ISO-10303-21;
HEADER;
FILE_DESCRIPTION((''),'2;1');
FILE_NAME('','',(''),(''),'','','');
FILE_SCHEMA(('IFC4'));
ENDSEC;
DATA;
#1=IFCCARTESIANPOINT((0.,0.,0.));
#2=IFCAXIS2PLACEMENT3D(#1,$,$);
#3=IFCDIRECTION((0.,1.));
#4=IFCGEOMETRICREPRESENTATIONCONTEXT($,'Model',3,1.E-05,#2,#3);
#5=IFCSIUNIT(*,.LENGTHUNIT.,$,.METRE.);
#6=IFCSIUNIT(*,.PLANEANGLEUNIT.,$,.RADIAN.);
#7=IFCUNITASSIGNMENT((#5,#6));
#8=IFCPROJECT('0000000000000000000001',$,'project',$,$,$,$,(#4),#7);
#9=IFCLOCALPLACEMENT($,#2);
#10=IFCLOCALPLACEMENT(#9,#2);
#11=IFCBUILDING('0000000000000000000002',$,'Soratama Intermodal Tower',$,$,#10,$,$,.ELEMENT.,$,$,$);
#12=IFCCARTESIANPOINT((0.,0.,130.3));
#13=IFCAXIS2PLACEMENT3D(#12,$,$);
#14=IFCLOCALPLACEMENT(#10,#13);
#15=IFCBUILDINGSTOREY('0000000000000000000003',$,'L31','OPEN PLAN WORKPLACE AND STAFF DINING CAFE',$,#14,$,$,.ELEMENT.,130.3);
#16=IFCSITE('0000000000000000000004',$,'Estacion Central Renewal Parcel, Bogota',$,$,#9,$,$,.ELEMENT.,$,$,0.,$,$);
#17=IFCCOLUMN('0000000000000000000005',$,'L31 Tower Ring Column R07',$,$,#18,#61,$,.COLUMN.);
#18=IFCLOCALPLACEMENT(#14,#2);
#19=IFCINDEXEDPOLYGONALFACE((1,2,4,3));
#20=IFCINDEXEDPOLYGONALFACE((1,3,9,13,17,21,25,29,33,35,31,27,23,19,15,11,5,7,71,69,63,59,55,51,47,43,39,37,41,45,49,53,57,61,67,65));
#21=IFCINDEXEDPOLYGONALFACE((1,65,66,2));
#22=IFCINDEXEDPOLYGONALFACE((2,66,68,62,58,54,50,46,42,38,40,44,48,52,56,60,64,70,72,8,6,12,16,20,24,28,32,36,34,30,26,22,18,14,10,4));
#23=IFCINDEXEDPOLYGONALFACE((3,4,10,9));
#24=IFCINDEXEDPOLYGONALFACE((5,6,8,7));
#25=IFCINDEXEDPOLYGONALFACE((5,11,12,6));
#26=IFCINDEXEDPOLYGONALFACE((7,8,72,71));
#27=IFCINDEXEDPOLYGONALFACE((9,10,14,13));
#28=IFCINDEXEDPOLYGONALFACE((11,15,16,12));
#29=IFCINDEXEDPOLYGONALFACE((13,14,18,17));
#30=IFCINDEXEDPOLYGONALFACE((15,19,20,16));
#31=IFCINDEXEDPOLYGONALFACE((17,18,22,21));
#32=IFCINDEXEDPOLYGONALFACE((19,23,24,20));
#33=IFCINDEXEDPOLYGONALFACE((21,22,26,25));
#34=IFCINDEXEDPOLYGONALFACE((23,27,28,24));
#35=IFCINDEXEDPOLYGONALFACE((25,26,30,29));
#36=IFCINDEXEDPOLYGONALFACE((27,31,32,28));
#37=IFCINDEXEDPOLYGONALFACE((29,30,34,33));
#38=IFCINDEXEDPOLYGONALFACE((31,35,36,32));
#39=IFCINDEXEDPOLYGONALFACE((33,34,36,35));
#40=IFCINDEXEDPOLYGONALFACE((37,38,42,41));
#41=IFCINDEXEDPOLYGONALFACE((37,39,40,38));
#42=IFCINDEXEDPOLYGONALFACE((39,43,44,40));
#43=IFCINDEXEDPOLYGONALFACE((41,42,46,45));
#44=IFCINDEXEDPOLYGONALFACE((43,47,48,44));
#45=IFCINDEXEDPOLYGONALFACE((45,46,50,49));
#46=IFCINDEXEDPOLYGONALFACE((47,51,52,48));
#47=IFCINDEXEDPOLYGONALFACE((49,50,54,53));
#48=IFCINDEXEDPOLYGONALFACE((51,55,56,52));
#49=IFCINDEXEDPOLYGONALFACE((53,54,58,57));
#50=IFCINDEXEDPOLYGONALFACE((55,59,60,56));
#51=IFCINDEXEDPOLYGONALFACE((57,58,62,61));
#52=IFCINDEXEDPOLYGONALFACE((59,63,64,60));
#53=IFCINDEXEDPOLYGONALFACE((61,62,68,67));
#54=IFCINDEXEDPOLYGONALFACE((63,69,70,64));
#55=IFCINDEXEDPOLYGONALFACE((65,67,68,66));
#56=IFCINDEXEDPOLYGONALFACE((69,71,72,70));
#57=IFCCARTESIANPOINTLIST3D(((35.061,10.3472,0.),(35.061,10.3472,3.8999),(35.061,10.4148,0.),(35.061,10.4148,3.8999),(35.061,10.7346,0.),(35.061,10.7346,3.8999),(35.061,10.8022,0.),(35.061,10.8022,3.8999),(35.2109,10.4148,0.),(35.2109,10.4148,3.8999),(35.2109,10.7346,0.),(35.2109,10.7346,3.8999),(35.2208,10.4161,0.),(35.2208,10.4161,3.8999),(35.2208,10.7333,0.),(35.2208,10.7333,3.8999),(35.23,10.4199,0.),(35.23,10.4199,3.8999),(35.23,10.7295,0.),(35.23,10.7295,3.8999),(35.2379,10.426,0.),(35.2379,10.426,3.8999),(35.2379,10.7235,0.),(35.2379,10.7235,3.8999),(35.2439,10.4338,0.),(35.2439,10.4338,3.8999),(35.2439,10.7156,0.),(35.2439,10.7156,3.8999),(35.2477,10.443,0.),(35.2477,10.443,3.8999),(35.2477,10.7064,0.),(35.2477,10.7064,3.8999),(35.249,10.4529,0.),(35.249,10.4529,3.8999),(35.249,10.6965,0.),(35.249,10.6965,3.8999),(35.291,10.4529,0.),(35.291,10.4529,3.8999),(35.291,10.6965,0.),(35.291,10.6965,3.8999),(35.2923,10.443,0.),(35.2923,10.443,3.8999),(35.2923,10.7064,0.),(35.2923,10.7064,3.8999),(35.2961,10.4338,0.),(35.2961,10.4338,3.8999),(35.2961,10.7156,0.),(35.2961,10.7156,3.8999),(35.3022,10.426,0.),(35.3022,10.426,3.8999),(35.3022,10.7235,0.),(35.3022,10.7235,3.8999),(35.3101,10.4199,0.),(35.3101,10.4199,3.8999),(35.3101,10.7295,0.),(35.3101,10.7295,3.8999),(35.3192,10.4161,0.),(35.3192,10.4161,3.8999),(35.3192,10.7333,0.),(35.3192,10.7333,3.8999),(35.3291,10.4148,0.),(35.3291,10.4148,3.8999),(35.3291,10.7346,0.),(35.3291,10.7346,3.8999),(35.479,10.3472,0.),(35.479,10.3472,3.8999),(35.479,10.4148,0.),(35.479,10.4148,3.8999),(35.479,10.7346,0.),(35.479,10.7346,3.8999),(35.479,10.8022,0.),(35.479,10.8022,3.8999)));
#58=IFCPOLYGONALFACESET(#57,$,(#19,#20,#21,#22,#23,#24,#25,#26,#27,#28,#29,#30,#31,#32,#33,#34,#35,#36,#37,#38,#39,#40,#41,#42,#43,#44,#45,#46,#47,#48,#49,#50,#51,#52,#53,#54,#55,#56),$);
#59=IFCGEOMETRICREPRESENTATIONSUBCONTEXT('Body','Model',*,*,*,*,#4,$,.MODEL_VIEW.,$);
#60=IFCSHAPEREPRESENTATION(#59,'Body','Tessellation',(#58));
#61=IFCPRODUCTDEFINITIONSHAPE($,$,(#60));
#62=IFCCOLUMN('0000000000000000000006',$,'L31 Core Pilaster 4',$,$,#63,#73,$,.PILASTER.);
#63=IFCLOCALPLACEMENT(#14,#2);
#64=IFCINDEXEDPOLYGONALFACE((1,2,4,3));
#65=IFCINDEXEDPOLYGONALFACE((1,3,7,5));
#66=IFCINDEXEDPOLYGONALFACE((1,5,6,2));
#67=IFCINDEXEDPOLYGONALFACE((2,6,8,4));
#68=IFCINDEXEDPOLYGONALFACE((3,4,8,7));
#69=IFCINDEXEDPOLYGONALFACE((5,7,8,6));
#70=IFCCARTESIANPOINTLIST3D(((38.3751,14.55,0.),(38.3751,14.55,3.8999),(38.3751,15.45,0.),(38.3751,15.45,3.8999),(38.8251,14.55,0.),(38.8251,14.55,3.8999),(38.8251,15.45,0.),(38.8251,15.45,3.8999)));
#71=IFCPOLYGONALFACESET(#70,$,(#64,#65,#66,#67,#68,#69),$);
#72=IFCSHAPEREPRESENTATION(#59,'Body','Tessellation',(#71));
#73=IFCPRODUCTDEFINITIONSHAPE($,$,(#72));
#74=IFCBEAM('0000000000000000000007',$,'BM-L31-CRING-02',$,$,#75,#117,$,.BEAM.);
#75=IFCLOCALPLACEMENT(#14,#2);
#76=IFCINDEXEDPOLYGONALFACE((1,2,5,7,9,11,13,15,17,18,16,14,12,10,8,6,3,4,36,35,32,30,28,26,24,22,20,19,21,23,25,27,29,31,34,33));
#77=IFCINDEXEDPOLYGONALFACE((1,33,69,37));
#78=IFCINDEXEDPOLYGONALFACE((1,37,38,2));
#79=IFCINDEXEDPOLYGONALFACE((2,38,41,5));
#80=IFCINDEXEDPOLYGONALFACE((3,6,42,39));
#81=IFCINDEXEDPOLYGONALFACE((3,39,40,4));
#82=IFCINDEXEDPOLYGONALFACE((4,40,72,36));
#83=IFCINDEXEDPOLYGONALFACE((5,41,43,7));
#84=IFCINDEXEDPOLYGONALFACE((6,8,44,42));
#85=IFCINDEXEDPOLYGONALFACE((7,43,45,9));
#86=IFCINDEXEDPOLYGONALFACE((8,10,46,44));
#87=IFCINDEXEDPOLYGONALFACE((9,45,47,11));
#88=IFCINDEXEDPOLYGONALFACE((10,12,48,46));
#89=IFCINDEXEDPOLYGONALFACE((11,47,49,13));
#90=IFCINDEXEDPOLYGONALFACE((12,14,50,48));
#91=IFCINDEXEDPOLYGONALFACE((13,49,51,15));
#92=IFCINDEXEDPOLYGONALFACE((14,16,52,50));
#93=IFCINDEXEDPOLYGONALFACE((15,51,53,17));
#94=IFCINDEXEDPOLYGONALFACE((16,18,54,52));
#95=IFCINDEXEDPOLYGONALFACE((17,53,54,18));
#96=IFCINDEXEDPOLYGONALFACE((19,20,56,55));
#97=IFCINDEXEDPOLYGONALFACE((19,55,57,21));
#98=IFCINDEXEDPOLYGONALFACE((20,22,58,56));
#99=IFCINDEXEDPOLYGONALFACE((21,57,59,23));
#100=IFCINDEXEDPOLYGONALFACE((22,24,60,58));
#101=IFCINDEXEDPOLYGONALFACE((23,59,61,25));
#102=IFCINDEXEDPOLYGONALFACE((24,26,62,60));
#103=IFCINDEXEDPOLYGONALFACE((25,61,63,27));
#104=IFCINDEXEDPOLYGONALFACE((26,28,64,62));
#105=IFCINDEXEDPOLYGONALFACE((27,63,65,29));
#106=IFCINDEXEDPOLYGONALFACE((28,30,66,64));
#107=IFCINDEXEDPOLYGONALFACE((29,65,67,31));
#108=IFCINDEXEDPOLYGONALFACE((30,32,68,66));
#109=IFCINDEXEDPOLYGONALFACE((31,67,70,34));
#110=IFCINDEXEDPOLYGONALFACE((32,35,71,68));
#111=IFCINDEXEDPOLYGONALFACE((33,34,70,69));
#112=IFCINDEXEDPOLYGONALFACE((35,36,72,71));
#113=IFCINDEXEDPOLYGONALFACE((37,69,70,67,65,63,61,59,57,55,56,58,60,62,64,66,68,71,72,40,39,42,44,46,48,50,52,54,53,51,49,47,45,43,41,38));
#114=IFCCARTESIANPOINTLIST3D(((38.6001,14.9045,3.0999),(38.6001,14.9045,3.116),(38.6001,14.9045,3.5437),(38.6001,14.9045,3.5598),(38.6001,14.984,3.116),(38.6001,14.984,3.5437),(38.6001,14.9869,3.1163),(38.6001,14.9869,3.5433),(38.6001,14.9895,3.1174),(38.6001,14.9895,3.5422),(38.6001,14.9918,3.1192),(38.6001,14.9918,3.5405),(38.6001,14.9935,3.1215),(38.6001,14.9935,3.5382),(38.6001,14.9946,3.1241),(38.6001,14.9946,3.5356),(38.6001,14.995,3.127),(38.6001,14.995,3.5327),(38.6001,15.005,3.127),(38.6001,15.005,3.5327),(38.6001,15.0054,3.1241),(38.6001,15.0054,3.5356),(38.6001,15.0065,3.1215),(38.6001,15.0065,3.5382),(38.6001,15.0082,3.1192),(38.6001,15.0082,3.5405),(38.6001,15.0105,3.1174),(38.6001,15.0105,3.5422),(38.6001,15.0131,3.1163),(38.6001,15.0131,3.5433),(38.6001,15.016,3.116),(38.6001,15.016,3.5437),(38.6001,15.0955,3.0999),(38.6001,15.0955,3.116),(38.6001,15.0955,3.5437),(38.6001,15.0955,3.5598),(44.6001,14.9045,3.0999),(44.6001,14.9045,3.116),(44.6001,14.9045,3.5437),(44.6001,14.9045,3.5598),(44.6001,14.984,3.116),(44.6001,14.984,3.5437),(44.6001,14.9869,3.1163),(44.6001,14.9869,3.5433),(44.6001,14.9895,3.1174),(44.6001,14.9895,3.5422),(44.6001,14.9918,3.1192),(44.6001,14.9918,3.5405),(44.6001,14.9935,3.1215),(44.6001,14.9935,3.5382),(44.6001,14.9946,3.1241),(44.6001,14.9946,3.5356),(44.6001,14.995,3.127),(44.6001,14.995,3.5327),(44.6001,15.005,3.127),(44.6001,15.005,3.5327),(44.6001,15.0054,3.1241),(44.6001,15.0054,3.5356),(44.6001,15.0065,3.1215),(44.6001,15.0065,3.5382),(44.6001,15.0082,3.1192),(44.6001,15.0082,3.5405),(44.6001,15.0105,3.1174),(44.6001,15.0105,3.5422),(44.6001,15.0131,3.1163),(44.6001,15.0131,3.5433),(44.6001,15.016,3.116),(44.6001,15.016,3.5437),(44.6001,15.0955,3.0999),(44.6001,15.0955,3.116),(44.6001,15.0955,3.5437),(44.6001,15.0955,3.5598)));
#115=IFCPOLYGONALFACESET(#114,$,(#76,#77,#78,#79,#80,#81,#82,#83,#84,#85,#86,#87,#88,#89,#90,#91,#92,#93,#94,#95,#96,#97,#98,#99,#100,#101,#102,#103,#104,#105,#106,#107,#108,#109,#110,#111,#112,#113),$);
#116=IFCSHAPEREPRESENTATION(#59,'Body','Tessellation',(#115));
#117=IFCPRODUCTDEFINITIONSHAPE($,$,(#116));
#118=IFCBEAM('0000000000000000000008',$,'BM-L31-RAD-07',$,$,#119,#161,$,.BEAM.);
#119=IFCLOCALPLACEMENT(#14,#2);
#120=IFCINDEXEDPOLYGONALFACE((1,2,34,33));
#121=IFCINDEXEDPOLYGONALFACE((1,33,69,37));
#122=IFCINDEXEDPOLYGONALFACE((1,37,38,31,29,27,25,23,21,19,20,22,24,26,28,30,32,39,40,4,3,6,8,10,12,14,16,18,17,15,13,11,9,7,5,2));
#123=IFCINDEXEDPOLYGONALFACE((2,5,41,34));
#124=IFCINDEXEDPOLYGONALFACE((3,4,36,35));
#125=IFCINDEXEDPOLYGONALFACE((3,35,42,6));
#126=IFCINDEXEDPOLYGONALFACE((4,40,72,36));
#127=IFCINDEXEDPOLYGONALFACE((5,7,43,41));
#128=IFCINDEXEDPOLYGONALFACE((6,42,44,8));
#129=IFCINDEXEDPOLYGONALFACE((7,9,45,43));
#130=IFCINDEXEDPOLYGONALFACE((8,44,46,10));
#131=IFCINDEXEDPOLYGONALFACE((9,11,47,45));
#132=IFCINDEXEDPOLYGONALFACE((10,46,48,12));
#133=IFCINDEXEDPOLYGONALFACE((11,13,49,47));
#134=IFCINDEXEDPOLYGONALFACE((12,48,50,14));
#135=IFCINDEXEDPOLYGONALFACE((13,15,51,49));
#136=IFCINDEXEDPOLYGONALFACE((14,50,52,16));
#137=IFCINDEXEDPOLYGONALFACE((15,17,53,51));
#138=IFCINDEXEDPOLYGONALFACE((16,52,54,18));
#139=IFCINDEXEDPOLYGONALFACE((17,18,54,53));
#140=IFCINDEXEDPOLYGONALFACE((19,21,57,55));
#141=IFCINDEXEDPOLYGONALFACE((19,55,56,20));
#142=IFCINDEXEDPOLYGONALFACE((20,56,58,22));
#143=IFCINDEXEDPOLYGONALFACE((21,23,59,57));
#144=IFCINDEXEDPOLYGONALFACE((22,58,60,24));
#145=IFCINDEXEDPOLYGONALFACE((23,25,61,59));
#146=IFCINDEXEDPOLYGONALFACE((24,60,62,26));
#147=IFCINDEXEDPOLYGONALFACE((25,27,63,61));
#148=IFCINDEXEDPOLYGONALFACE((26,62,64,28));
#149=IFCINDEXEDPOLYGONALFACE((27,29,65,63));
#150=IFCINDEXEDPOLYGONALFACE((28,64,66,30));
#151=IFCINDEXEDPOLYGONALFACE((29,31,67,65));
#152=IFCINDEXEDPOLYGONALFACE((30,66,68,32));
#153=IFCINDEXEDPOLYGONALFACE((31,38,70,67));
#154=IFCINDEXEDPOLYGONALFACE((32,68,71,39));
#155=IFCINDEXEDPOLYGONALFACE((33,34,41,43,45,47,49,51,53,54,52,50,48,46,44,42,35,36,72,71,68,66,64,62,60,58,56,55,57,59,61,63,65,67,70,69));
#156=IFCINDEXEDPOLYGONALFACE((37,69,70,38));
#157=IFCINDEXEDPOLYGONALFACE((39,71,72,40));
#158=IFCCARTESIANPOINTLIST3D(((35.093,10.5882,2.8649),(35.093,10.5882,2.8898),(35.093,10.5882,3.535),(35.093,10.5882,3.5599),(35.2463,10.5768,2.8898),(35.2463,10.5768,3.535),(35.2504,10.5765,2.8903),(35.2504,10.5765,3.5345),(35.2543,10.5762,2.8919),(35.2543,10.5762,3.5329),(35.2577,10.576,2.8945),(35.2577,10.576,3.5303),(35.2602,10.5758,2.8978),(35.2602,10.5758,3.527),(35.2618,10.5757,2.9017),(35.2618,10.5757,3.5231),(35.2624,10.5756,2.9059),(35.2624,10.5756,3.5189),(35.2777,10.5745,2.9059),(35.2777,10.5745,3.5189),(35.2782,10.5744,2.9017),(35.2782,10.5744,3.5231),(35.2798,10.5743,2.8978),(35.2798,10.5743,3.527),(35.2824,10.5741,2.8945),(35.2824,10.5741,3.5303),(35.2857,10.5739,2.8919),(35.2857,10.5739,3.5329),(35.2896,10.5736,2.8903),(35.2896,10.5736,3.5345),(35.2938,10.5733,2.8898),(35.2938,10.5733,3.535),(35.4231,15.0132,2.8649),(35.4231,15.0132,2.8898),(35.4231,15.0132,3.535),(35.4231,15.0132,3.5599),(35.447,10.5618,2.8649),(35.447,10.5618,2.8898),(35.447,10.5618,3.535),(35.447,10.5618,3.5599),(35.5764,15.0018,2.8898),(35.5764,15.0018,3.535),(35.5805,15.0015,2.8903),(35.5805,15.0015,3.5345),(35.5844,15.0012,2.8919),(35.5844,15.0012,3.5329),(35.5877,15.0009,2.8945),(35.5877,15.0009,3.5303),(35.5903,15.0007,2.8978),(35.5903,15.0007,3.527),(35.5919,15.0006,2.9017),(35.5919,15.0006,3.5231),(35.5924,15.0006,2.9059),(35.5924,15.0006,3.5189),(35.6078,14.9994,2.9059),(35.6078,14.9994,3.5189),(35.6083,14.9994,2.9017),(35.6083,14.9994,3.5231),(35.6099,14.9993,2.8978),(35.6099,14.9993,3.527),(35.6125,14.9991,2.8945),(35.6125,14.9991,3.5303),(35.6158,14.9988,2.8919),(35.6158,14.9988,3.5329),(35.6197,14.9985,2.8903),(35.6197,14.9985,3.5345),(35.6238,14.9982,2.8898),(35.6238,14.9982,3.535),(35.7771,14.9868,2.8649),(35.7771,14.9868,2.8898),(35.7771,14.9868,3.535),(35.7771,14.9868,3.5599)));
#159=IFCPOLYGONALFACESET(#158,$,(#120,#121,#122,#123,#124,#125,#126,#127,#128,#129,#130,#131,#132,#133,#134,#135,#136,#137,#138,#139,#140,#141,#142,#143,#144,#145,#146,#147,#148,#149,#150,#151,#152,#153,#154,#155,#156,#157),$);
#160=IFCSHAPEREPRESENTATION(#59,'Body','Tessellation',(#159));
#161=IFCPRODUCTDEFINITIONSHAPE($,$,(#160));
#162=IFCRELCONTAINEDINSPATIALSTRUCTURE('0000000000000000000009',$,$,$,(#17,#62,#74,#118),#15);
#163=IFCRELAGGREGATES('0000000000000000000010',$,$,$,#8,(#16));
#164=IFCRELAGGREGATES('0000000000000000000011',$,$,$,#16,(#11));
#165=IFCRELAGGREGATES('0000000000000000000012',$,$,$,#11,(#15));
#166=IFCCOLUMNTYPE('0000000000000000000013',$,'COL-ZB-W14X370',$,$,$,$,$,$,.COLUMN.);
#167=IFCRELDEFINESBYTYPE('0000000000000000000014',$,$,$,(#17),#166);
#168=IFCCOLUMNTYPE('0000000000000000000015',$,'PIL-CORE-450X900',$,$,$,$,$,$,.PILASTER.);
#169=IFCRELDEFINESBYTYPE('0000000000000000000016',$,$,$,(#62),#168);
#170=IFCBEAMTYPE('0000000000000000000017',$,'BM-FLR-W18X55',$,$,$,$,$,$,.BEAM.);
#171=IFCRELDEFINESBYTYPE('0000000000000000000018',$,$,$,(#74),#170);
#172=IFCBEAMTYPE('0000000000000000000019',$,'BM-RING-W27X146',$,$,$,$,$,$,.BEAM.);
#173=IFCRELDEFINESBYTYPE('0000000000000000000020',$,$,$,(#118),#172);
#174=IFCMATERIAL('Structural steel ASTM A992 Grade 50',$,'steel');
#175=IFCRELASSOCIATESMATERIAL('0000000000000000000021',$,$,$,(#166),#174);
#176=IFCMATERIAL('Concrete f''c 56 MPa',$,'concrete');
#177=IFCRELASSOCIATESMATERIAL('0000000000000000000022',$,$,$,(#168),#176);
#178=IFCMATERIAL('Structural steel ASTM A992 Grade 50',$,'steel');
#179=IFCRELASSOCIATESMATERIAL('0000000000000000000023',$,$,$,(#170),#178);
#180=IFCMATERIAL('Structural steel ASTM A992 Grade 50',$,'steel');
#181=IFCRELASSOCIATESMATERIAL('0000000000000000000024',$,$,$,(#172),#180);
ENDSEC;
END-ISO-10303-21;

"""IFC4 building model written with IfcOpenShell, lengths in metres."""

from ifc_helpers import new_model, si_unit, direction, frame, origin, origin_2d, place, context, subcontext, project, spatial, rectangle, i_section, extrude, material, material_profile, profile_set, type_object, element, save


model = new_model("IFC4")

# Units and contexts
model_context = context("Model", 3, precision=1e-05, world=origin(), true_north=direction((0.0, 1.0)))
body_context = subcontext(model_context, "Body", "Model", "MODEL_VIEW")
ifc_project = project(units=[si_unit("LENGTHUNIT", "METRE"), si_unit("PLANEANGLEUNIT", "RADIAN")], contexts=[model_context])

# Site, building, storey
site_placement = place(None, origin())
site = spatial("IfcSite", under=ifc_project, at=site_placement, Name="Estacion Central Renewal Parcel, Bogota", CompositionType="ELEMENT", RefElevation=0.0)
building_placement = place(site_placement, origin())
building = spatial("IfcBuilding", under=site, at=building_placement, Name="Soratama Intermodal Tower", CompositionType="ELEMENT")
storey_placement = place(building_placement, frame((0.0, 0.0, 130.3)))
storey = spatial("IfcBuildingStorey", under=building, at=storey_placement, Name="L31", Description="OPEN PLAN WORKPLACE AND STAFF DINING CAFE", CompositionType="ELEMENT", Elevation=130.3)

# Columns
ifc_material_1 = material(Name="Structural steel ASTM A992 Grade 50", Category="steel")
ifc_material_profile_1 = material_profile(ifc_material_1, i_section(OverallWidth=0.418, OverallDepth=0.4551, WebThickness=0.042, FlangeThickness=0.0676, FilletRadius=0.0381, at=origin_2d()), Name="W14X370")
ifc_profile_set_1 = profile_set([ifc_material_profile_1], Name="Structural steel ASTM A992 Grade 50")
column_type_1 = type_object("IfcColumnType", Name="COL-ZB-W14X370", PredefinedType="COLUMN", material=ifc_profile_set_1)
column_1_placement = place(storey_placement, frame((35.27, 10.5747, 0.0), z_axis=(0.0, 0.0, 1.0), x_axis=(1.0, 0.0, 0.0)))
element("IfcColumn", 1, at=column_1_placement, inside=storey, type_object=column_type_1, Name="L31 Tower Ring Column R07", PredefinedType="COLUMN", context=body_context, shape_type="SweptSolid", body=[
    extrude(i_section(OverallWidth=0.418, OverallDepth=0.4551, WebThickness=0.042, FlangeThickness=0.0676, FilletRadius=0.0381, at=origin_2d()), origin(), (0.0, 0.0, 1.0), 3.8999),
])
ifc_material_2 = material(Name="Concrete f'c 56 MPa", Category="concrete")
ifc_material_profile_2 = material_profile(ifc_material_2, rectangle(XDim=0.45, YDim=0.8999, at=origin_2d()), Name="RC450X900")
ifc_profile_set_2 = profile_set([ifc_material_profile_2], Name="Concrete f'c 56 MPa")
column_type_2 = type_object("IfcColumnType", Name="PIL-CORE-450X900", PredefinedType="PILASTER", material=ifc_profile_set_2)
column_2_placement = place(storey_placement, frame((38.6001, 15.0, 0.0), z_axis=(0.0, 0.0, 1.0), x_axis=(1.0, 0.0, 0.0)))
element("IfcColumn", 2, at=column_2_placement, inside=storey, type_object=column_type_2, Name="L31 Core Pilaster 4", PredefinedType="PILASTER", context=body_context, shape_type="SweptSolid", body=[
    extrude(rectangle(XDim=0.45, YDim=0.8999, at=origin_2d()), origin(), (0.0, 0.0, 1.0), 3.8999),
])

# Beams
ifc_material_3 = material(Name="Structural steel ASTM A992 Grade 50", Category="steel")
ifc_material_profile_3 = material_profile(ifc_material_3, i_section(OverallWidth=0.1909, OverallDepth=0.46, WebThickness=0.01, FlangeThickness=0.0161, FilletRadius=0.011, at=origin_2d()), Name="W18X55")
ifc_profile_set_3 = profile_set([ifc_material_profile_3], Name="Structural steel ASTM A992 Grade 50")
beam_type_1 = type_object("IfcBeamType", Name="BM-FLR-W18X55", PredefinedType="BEAM", material=ifc_profile_set_3)
beam_1_placement = place(storey_placement, frame((38.6001, 15.0, 3.3298), z_axis=(1.0, 0.0, 0.0), x_axis=(0.0, 1.0, 0.0)))
element("IfcBeam", 3, at=beam_1_placement, inside=storey, type_object=beam_type_1, Name="BM-L31-CRING-02", PredefinedType="BEAM", context=body_context, shape_type="SweptSolid", body=[
    extrude(i_section(OverallWidth=0.1909, OverallDepth=0.46, WebThickness=0.01, FlangeThickness=0.0161, FilletRadius=0.011, at=origin_2d()), origin(), (0.0, 0.0, 1.0), 6.0),
])
ifc_material_4 = material(Name="Structural steel ASTM A992 Grade 50", Category="steel")
ifc_material_profile_4 = material_profile(ifc_material_4, i_section(OverallWidth=0.355, OverallDepth=0.6951, WebThickness=0.0154, FlangeThickness=0.0249, FilletRadius=0.0161, at=origin_2d()), Name="W27X146")
ifc_profile_set_4 = profile_set([ifc_material_profile_4], Name="Structural steel ASTM A992 Grade 50")
beam_type_2 = type_object("IfcBeamType", Name="BM-RING-W27X146", PredefinedType="BEAM", material=ifc_profile_set_4)
beam_2_placement = place(storey_placement, frame((35.6001, 15.0, 3.2124), z_axis=(-0.074386, -0.997229, 0.0), x_axis=(0.997229, -0.074386, 0.0)))
element("IfcBeam", 4, at=beam_2_placement, inside=storey, type_object=beam_type_2, Name="BM-L31-RAD-07", PredefinedType="BEAM", context=body_context, shape_type="SweptSolid", body=[
    extrude(i_section(OverallWidth=0.355, OverallDepth=0.6951, WebThickness=0.0154, FlangeThickness=0.0249, FilletRadius=0.0161, at=origin_2d()), origin(), (0.0, 0.0, 1.0), 4.4373),
])

save(model, "model.ifc")
